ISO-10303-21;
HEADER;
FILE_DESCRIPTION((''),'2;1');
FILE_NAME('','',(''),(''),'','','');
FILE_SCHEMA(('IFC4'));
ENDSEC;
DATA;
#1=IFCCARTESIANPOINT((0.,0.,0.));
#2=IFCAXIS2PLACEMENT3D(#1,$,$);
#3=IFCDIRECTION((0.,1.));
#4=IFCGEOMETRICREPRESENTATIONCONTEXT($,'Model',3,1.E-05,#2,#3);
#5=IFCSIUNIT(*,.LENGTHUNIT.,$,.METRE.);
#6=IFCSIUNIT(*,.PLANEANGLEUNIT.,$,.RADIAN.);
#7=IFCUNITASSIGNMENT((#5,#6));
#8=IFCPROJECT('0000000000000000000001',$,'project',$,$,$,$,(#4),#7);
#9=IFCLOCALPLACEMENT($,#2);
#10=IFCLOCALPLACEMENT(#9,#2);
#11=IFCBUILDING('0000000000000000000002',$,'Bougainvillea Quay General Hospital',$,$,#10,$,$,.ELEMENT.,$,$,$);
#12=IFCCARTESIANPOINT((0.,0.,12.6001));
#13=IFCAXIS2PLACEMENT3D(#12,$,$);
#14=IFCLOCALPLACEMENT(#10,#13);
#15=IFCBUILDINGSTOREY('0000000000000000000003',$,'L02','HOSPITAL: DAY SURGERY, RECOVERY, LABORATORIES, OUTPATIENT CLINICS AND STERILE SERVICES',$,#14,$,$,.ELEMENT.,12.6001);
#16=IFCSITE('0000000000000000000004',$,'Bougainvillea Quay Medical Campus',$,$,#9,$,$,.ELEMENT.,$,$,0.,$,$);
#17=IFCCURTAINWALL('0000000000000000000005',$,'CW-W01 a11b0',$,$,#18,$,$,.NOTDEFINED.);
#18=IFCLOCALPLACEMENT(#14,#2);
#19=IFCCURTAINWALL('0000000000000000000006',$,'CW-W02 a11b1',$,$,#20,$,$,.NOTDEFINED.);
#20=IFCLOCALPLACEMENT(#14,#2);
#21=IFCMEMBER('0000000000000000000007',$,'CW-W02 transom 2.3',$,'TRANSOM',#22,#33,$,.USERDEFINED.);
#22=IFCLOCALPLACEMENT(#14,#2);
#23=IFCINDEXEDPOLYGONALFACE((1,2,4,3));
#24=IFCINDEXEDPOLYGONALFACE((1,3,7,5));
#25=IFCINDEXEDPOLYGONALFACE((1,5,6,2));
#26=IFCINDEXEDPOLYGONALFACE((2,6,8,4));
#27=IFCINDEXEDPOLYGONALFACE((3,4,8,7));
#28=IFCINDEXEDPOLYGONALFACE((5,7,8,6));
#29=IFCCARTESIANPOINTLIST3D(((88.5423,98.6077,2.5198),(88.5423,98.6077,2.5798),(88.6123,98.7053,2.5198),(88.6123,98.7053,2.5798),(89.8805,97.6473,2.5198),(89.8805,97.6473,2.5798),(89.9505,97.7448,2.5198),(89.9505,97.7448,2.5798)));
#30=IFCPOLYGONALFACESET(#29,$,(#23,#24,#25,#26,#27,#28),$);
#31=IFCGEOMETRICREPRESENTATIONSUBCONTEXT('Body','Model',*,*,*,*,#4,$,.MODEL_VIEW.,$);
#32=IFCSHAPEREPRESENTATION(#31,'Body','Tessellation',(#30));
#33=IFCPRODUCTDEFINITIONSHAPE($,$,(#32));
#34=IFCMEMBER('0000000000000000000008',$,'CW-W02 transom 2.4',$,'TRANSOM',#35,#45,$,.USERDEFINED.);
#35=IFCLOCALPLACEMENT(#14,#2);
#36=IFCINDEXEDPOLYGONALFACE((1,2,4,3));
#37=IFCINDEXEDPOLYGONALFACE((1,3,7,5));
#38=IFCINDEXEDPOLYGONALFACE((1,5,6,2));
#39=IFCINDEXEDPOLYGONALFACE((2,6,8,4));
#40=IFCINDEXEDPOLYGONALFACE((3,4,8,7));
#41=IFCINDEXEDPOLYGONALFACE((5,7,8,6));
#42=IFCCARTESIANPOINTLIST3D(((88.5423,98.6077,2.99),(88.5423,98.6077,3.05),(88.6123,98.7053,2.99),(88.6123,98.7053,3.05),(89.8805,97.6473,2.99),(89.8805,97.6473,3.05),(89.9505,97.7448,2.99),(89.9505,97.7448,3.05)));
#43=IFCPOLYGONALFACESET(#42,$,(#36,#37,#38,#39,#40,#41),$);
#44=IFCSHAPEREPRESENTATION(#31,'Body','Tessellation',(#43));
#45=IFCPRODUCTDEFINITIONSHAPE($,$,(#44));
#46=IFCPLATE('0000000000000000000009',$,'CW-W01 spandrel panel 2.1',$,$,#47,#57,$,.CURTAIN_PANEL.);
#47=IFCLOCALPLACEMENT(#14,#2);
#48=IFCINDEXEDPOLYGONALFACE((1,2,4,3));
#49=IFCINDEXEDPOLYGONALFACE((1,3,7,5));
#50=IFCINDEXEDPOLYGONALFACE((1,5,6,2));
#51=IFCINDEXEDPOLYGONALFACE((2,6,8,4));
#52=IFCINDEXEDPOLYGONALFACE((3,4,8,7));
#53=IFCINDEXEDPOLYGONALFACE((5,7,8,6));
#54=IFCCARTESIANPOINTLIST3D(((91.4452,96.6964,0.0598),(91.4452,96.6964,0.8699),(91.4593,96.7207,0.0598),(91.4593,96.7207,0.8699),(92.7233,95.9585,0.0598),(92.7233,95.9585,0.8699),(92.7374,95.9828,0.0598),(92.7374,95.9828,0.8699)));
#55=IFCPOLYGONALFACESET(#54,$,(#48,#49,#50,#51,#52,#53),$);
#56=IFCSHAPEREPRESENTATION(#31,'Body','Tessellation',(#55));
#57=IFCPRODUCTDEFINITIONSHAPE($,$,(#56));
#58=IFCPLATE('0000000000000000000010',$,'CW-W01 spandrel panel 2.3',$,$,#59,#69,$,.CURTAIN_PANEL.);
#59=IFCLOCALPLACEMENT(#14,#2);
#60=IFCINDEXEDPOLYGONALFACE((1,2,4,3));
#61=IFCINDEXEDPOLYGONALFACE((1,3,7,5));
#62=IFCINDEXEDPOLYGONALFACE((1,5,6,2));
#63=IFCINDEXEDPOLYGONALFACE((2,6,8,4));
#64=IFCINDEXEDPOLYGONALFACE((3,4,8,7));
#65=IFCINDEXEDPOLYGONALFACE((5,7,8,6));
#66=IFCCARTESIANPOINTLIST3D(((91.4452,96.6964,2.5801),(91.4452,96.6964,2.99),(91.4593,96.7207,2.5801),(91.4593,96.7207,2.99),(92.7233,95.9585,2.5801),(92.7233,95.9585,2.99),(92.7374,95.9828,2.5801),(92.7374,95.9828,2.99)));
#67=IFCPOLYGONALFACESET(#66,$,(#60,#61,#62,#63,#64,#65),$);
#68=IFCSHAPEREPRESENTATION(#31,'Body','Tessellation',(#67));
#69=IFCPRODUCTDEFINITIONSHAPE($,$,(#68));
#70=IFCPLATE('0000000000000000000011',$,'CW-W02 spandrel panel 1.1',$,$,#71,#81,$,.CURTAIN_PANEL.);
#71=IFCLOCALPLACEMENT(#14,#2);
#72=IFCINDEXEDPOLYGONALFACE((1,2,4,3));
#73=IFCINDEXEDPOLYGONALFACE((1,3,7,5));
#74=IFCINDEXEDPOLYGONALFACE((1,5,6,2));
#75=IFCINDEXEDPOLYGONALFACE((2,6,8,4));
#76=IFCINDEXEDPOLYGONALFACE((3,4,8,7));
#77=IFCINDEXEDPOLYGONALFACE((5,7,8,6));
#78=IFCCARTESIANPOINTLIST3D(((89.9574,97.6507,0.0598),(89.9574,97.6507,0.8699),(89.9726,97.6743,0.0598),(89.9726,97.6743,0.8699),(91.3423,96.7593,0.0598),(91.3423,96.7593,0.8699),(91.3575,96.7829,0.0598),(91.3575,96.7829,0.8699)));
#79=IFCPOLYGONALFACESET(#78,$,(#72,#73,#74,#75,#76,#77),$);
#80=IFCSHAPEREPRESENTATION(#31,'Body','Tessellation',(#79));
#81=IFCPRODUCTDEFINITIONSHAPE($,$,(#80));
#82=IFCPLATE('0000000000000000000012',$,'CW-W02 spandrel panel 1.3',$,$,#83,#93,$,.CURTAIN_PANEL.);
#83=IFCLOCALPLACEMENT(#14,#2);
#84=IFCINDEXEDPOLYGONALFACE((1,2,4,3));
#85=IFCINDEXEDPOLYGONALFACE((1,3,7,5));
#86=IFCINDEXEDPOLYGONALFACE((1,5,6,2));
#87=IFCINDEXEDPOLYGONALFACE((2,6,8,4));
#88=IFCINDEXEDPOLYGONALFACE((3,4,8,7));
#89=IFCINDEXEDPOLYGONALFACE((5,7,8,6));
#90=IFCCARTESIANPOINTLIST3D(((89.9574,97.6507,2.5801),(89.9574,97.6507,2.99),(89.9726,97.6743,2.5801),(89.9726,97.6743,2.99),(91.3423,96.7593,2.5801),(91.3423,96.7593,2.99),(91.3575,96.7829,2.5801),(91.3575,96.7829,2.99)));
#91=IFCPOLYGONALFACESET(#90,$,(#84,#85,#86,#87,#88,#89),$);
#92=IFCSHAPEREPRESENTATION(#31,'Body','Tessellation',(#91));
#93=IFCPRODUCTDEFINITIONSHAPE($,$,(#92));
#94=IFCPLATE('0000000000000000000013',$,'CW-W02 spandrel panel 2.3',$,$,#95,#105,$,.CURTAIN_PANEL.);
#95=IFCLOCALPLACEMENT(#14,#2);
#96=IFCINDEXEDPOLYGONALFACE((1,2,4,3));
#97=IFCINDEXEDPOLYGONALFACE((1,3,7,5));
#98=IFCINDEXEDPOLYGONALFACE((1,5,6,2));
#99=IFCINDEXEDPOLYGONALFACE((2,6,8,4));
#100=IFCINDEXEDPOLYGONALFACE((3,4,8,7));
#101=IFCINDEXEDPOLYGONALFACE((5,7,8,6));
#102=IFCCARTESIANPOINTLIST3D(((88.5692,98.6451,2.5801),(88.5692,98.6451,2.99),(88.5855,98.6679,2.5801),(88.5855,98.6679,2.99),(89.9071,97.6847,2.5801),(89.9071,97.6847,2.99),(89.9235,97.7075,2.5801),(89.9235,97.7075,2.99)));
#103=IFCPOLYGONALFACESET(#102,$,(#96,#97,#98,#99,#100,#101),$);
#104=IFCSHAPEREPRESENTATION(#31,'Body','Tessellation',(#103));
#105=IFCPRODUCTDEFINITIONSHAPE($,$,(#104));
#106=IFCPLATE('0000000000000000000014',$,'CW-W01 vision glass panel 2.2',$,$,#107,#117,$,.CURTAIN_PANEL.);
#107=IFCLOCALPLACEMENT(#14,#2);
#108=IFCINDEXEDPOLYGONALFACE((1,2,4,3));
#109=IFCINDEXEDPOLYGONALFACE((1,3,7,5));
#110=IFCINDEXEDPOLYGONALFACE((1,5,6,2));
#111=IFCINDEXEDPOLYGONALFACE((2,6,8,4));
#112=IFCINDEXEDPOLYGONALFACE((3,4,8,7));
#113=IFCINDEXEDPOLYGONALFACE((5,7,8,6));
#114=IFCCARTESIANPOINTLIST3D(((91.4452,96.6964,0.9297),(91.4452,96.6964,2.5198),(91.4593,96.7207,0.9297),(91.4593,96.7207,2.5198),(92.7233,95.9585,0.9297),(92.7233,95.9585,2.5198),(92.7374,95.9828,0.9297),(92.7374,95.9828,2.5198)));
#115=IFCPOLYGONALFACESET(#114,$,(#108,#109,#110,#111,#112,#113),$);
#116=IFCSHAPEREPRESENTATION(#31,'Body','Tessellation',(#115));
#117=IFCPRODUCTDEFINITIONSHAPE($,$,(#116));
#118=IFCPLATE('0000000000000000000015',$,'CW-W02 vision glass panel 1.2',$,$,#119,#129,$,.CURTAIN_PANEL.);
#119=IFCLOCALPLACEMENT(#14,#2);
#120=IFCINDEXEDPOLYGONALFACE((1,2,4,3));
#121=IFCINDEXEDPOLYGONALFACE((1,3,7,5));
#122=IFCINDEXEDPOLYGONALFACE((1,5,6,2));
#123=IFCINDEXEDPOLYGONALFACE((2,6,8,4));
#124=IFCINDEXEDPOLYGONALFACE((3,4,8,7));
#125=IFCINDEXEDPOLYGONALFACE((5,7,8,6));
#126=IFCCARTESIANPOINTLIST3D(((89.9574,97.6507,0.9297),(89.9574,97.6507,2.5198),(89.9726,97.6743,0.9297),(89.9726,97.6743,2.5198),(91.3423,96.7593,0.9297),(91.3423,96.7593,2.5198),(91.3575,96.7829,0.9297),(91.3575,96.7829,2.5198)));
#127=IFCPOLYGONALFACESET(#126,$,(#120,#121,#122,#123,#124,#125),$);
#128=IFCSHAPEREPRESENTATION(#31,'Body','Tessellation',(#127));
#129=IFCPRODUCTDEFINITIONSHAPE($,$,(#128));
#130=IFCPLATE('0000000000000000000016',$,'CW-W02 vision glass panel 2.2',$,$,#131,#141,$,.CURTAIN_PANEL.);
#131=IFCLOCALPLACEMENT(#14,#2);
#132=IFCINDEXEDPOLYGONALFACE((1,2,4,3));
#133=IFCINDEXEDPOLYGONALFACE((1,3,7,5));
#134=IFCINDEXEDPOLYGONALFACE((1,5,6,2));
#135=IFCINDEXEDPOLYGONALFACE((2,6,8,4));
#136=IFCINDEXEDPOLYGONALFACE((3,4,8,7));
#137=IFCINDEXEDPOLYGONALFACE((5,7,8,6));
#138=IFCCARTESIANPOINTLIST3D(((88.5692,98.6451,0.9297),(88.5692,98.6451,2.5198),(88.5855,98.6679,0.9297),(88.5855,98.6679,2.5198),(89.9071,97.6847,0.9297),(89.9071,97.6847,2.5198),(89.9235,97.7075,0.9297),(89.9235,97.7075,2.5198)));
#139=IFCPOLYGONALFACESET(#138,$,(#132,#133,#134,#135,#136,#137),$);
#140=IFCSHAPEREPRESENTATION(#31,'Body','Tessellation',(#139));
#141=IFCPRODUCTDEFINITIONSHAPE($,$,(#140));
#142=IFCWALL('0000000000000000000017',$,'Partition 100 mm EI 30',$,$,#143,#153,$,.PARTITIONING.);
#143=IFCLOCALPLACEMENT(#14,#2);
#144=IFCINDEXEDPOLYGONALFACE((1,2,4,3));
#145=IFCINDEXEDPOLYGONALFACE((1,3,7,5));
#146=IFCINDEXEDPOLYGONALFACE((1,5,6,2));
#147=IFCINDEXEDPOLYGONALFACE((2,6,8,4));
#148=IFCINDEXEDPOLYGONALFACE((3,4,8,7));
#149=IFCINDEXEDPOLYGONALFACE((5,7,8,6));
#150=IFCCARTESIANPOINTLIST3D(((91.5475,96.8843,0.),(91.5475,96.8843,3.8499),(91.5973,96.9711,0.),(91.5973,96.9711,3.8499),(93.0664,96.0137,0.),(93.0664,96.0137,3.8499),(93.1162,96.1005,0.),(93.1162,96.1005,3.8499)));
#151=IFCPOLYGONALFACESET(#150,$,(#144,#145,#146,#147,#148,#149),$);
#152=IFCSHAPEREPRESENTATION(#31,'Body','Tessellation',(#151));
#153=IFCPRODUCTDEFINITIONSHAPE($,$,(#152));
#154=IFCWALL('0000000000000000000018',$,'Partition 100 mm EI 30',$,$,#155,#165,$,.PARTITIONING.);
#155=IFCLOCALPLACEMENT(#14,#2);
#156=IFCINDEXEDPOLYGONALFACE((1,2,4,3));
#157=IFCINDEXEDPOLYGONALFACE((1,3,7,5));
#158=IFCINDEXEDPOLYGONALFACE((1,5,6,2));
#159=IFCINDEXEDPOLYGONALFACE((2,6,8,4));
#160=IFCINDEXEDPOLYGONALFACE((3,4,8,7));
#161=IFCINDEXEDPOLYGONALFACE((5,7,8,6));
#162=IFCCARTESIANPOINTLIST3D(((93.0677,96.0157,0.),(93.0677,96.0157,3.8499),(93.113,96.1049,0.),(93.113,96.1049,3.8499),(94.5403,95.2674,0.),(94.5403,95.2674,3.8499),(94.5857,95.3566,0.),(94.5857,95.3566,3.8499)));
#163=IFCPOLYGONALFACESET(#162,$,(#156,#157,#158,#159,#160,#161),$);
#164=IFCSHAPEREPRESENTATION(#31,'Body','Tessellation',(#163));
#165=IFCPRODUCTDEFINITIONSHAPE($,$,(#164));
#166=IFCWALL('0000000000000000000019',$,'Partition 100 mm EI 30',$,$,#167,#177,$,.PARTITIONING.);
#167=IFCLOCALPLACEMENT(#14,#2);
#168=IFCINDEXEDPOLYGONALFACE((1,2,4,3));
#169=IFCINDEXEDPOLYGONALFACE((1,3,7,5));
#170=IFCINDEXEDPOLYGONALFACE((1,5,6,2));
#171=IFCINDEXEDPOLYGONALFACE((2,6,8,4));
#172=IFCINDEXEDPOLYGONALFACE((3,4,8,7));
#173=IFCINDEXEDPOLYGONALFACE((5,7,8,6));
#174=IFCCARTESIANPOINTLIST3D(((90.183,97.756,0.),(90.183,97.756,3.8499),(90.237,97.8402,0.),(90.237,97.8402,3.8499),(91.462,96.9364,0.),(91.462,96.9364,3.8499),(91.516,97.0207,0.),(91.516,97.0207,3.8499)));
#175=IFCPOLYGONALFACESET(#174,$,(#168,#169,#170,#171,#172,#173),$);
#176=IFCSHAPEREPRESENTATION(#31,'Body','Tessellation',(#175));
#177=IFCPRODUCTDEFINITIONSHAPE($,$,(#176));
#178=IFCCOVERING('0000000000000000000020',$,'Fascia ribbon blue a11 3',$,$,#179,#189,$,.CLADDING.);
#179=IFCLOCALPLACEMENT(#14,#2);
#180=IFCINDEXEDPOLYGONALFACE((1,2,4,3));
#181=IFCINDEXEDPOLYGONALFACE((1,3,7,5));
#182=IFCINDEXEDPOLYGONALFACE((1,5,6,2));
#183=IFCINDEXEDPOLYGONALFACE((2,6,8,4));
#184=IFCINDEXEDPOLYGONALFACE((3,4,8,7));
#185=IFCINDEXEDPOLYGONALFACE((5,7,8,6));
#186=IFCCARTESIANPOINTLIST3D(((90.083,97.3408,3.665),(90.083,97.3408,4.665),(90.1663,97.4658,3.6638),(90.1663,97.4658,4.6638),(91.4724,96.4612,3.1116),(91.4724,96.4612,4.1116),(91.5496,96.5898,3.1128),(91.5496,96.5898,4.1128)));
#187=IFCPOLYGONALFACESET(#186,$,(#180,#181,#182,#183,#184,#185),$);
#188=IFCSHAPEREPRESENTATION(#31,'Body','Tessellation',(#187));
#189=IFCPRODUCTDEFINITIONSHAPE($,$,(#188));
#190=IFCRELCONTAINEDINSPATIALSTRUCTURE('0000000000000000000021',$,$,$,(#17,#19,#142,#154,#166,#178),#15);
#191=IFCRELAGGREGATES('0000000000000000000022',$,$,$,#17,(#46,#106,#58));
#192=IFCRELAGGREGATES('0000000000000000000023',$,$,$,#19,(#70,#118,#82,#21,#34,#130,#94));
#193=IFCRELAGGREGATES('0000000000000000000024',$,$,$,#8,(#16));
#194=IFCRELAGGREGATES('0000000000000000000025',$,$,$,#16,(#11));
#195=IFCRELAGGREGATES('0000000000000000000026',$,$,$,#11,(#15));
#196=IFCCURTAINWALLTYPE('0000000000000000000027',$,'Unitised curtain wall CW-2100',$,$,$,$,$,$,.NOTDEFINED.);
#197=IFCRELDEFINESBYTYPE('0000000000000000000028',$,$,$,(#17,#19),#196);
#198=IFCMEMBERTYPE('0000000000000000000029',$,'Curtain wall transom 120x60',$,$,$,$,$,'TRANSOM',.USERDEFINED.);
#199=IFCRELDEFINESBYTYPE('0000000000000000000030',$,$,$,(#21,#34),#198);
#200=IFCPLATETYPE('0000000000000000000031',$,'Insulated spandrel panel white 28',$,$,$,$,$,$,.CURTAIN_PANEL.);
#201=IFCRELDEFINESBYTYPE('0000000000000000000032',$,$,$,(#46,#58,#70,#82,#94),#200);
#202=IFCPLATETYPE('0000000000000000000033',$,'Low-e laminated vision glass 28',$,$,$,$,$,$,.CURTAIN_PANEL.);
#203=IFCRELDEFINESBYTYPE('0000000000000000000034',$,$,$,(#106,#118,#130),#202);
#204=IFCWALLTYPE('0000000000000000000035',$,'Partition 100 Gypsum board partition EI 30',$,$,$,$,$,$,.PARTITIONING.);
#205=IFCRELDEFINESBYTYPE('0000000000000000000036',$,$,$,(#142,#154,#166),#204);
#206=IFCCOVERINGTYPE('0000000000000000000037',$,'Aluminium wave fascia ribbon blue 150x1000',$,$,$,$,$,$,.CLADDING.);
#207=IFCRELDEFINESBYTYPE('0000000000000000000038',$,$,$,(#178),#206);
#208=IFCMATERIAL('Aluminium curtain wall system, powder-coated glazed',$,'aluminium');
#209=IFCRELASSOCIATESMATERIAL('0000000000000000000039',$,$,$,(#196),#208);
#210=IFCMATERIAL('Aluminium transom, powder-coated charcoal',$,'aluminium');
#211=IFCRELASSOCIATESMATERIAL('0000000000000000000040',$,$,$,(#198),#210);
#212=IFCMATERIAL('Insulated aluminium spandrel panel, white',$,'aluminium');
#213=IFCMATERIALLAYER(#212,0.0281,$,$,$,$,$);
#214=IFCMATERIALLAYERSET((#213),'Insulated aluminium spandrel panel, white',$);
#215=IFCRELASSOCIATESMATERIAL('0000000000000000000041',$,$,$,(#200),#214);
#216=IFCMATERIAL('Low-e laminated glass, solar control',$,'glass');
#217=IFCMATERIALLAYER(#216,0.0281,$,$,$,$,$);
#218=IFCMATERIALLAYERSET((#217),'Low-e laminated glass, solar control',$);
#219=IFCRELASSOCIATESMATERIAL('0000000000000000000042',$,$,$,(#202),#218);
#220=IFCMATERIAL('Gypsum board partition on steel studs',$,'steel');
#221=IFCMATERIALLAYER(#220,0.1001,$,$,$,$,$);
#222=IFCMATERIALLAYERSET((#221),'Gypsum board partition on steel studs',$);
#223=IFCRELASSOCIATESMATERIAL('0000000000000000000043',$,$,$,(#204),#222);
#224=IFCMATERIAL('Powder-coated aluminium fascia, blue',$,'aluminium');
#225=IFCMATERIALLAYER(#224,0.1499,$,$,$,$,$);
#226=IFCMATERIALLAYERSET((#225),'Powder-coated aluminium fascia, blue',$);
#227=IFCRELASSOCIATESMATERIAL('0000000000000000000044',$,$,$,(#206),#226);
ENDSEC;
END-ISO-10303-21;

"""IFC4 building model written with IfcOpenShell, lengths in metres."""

from ifc_helpers import new_model, si_unit, direction, frame, frame_2d, origin, origin_2d, place, context, subcontext, project, spatial, polyline, rectangle, outline, extrude, material, layer, layer_set, material_profile, profile_set, type_object, element, aggregate, save


model = new_model("IFC4")

# Units and contexts
model_context = context("Model", 3, precision=1e-05, world=origin(), true_north=direction((0.0, 1.0)))
body_context = subcontext(model_context, "Body", "Model", "MODEL_VIEW")
ifc_project = project(units=[si_unit("LENGTHUNIT", "METRE"), si_unit("PLANEANGLEUNIT", "RADIAN")], contexts=[model_context])

# Site, building, storey
site_placement = place(None, origin())
site = spatial("IfcSite", under=ifc_project, at=site_placement, Name="Bougainvillea Quay Medical Campus", CompositionType="ELEMENT", RefElevation=0.0)
building_placement = place(site_placement, origin())
building = spatial("IfcBuilding", under=site, at=building_placement, Name="Bougainvillea Quay General Hospital", CompositionType="ELEMENT")
storey_placement = place(building_placement, frame((0.0, 0.0, 12.6001)))
storey = spatial("IfcBuildingStorey", under=building, at=storey_placement, Name="L02", Description="HOSPITAL: DAY SURGERY, RECOVERY, LABORATORIES, OUTPATIENT CLINICS AND STERILE SERVICES", CompositionType="ELEMENT", Elevation=12.6001)

# Curtain walls
ifc_material_1 = material(Name="Aluminium curtain wall system, powder-coated glazed", Category="aluminium")
curtain_wall_type = type_object("IfcCurtainWallType", Name="Unitised curtain wall CW-2100", PredefinedType="NOTDEFINED", material=ifc_material_1)
curtain_wall_1_placement = place(storey_placement, origin())
curtain_wall_1 = element("IfcCurtainWall", 1, at=curtain_wall_1_placement, inside=storey, type_object=curtain_wall_type, Name="CW-W01 a11b0", PredefinedType="NOTDEFINED")
curtain_wall_2_placement = place(storey_placement, origin())
curtain_wall_2 = element("IfcCurtainWall", 2, at=curtain_wall_2_placement, inside=storey, type_object=curtain_wall_type, Name="CW-W02 a11b1", PredefinedType="NOTDEFINED")

# Members
ifc_material_2 = material(Name="Aluminium transom, powder-coated charcoal", Category="aluminium")
ifc_material_profile_1 = material_profile(ifc_material_2, rectangle(XDim=0.1201, YDim=0.0601, at=origin_2d()))
ifc_profile_set_1 = profile_set([ifc_material_profile_1], Name="Aluminium transom, powder-coated charcoal")
member_type_1 = type_object("IfcMemberType", Name="Curtain wall transom 120x60", ElementType="TRANSOM", PredefinedType="USERDEFINED", material=ifc_profile_set_1)
member_1_placement = place(storey_placement, frame((89.9155, 97.696, 2.5498), z_axis=(-0.812399, 0.583101, 0.0), x_axis=(-0.583101, -0.812399, 0.0)))
member_1 = element("IfcMember", 3, at=member_1_placement, type_object=member_type_1, Name="CW-W02 transom 2.3", ObjectType="TRANSOM", PredefinedType="USERDEFINED", context=body_context, shape_type="SweptSolid", body=[
    extrude(rectangle(XDim=0.1201, YDim=0.0601, at=origin_2d()), origin(), (0.0, 0.0, 1.0), 1.6472),
])
member_2_placement = place(storey_placement, frame((89.9155, 97.696, 3.02), z_axis=(-0.812399, 0.583101, 0.0), x_axis=(-0.583101, -0.812399, 0.0)))
member_2 = element("IfcMember", 4, at=member_2_placement, type_object=member_type_1, Name="CW-W02 transom 2.4", ObjectType="TRANSOM", PredefinedType="USERDEFINED", context=body_context, shape_type="SweptSolid", body=[
    extrude(rectangle(XDim=0.1201, YDim=0.0601, at=origin_2d()), origin(), (0.0, 0.0, 1.0), 1.6472),
])

# Plates
ifc_material_3 = material(Name="Insulated aluminium spandrel panel, white", Category="aluminium")
ifc_layer_1 = layer(ifc_material_3, 0.0281)
ifc_layer_set_1 = layer_set([ifc_layer_1], Name="Insulated aluminium spandrel panel, white")
plate_type_1 = type_object("IfcPlateType", Name="Insulated spandrel panel white 28", PredefinedType="CURTAIN_PANEL", material=ifc_layer_set_1)
plate_1_placement = place(storey_placement, frame((92.0913, 96.3396, 0.0598), z_axis=(0.0, 0.0, 1.0), x_axis=(-0.866007, 0.500031, 0.0)))
plate_1 = element("IfcPlate", 5, at=plate_1_placement, type_object=plate_type_1, Name="CW-W01 spandrel panel 2.1", PredefinedType="CURTAIN_PANEL", context=body_context, shape_type="SweptSolid", body=[
    extrude(rectangle(XDim=1.4758, YDim=0.0281, at=origin_2d()), origin(), (0.0, 0.0, 1.0), 0.8101),
])
plate_2_placement = place(storey_placement, frame((92.0913, 96.3396, 2.5801), z_axis=(0.0, 0.0, 1.0), x_axis=(-0.866007, 0.500031, 0.0)))
plate_2 = element("IfcPlate", 6, at=plate_2_placement, type_object=plate_type_1, Name="CW-W01 spandrel panel 2.3", PredefinedType="CURTAIN_PANEL", context=body_context, shape_type="SweptSolid", body=[
    extrude(rectangle(XDim=1.4758, YDim=0.0281, at=origin_2d()), origin(), (0.0, 0.0, 1.0), 0.4099),
])
plate_3_placement = place(storey_placement, frame((90.6575, 97.2168, 0.0598), z_axis=(0.0, 0.0, 1.0), x_axis=(-0.840897, 0.541195, 0.0)))
plate_3 = element("IfcPlate", 7, at=plate_3_placement, type_object=plate_type_1, Name="CW-W02 spandrel panel 1.1", PredefinedType="CURTAIN_PANEL", context=body_context, shape_type="SweptSolid", body=[
    extrude(rectangle(XDim=1.647, YDim=0.0281, at=origin_2d()), origin(), (0.0, 0.0, 1.0), 0.8101),
])
plate_4_placement = place(storey_placement, frame((90.6575, 97.2168, 2.5801), z_axis=(0.0, 0.0, 1.0), x_axis=(-0.840897, 0.541195, 0.0)))
plate_4 = element("IfcPlate", 8, at=plate_4_placement, type_object=plate_type_1, Name="CW-W02 spandrel panel 1.3", PredefinedType="CURTAIN_PANEL", context=body_context, shape_type="SweptSolid", body=[
    extrude(rectangle(XDim=1.647, YDim=0.0281, at=origin_2d()), origin(), (0.0, 0.0, 1.0), 0.4099),
])
plate_5_placement = place(storey_placement, frame((89.2463, 98.1763, 2.5801), z_axis=(0.0, 0.0, 1.0), x_axis=(-0.812379, 0.58313, 0.0)))
plate_5 = element("IfcPlate", 9, at=plate_5_placement, type_object=plate_type_1, Name="CW-W02 spandrel panel 2.3", PredefinedType="CURTAIN_PANEL", context=body_context, shape_type="SweptSolid", body=[
    extrude(rectangle(XDim=1.647, YDim=0.0281, at=origin_2d()), origin(), (0.0, 0.0, 1.0), 0.4099),
])
ifc_material_4 = material(Name="Low-e laminated glass, solar control", Category="glass")
ifc_layer_2 = layer(ifc_material_4, 0.0281)
ifc_layer_set_2 = layer_set([ifc_layer_2], Name="Low-e laminated glass, solar control")
plate_type_2 = type_object("IfcPlateType", Name="Low-e laminated vision glass 28", PredefinedType="CURTAIN_PANEL", material=ifc_layer_set_2)
plate_6_placement = place(storey_placement, frame((92.0913, 96.3396, 0.9297), z_axis=(0.0, 0.0, 1.0), x_axis=(-0.866007, 0.500031, 0.0)))
plate_6 = element("IfcPlate", 10, at=plate_6_placement, type_object=plate_type_2, Name="CW-W01 vision glass panel 2.2", PredefinedType="CURTAIN_PANEL", context=body_context, shape_type="SweptSolid", body=[
    extrude(rectangle(XDim=1.4758, YDim=0.0281, at=origin_2d()), origin(), (0.0, 0.0, 1.0), 1.5901),
])
aggregate(curtain_wall_1, [plate_1, plate_6, plate_2])
plate_7_placement = place(storey_placement, frame((90.6575, 97.2168, 0.9297), z_axis=(0.0, 0.0, 1.0), x_axis=(-0.840897, 0.541195, 0.0)))
plate_7 = element("IfcPlate", 11, at=plate_7_placement, type_object=plate_type_2, Name="CW-W02 vision glass panel 1.2", PredefinedType="CURTAIN_PANEL", context=body_context, shape_type="SweptSolid", body=[
    extrude(rectangle(XDim=1.647, YDim=0.0281, at=origin_2d()), origin(), (0.0, 0.0, 1.0), 1.5901),
])
plate_8_placement = place(storey_placement, frame((89.2463, 98.1763, 0.9297), z_axis=(0.0, 0.0, 1.0), x_axis=(-0.812379, 0.58313, 0.0)))
plate_8 = element("IfcPlate", 12, at=plate_8_placement, type_object=plate_type_2, Name="CW-W02 vision glass panel 2.2", PredefinedType="CURTAIN_PANEL", context=body_context, shape_type="SweptSolid", body=[
    extrude(rectangle(XDim=1.647, YDim=0.0281, at=origin_2d()), origin(), (0.0, 0.0, 1.0), 1.5901),
])
aggregate(curtain_wall_2, [plate_3, plate_7, plate_4, member_1, member_2, plate_8, plate_5])

# Walls
ifc_material_5 = material(Name="Gypsum board partition on steel studs", Category="steel")
ifc_layer_3 = layer(ifc_material_5, 0.1001)
ifc_layer_set_3 = layer_set([ifc_layer_3], Name="Gypsum board partition on steel studs")
wall_type = type_object("IfcWallType", Name="Partition 100 Gypsum board partition EI 30", PredefinedType="PARTITIONING", material=ifc_layer_set_3)
wall_1_placement = place(storey_placement, frame((91.5723, 96.9277, 0.0), z_axis=(0.0, 0.0, 1.0), x_axis=(0.867607, -0.49725, 0.0)))
element("IfcWall", 13, at=wall_1_placement, inside=storey, type_object=wall_type, Name="Partition 100 mm EI 30", PredefinedType="PARTITIONING", context=body_context, shape_type="SweptSolid", body=[
    extrude(rectangle(XDim=1.7507, YDim=0.1001, at=frame_2d((0.8755, 0.0))), origin(), (0.0, 0.0, 1.0), 3.8499),
])
wall_2_placement = place(storey_placement, frame((93.0903, 96.0603, 0.0), z_axis=(0.0, 0.0, 1.0), x_axis=(0.891512, -0.452998, 0.0)))
element("IfcWall", 14, at=wall_2_placement, inside=storey, type_object=wall_type, Name="Partition 100 mm EI 30", PredefinedType="PARTITIONING", context=body_context, shape_type="SweptSolid", body=[
    extrude(rectangle(XDim=1.6519, YDim=0.1001, at=frame_2d((0.8259, 0.0))), origin(), (0.0, 0.0, 1.0), 3.8499),
])
wall_3_placement = place(storey_placement, frame((90.21, 97.7981, 0.0), z_axis=(0.0, 0.0, 1.0), x_axis=(0.841976, -0.539514, 0.0)))
element("IfcWall", 15, at=wall_3_placement, inside=storey, type_object=wall_type, Name="Partition 100 mm EI 30", PredefinedType="PARTITIONING", context=body_context, shape_type="SweptSolid", body=[
    extrude(rectangle(XDim=1.519, YDim=0.1001, at=frame_2d((0.7595, 0.0))), origin(), (0.0, 0.0, 1.0), 3.8499),
])

# Covering
ifc_material_6 = material(Name="Powder-coated aluminium fascia, blue", Category="aluminium")
ifc_layer_4 = layer(ifc_material_6, 0.1499)
ifc_layer_set_4 = layer_set([ifc_layer_4], Name="Powder-coated aluminium fascia, blue")
covering_type = type_object("IfcCoveringType", Name="Aluminium wave fascia ribbon blue 150x1000", PredefinedType="CLADDING", material=ifc_layer_set_4)
covering_1_placement = place(storey_placement, frame((91.5496, 96.5898, 3.1128), z_axis=(0.269595, -0.170476, 0.947764), x_axis=(-0.800719, 0.507056, 0.318973)))
element("IfcCovering", 16, at=covering_1_placement, inside=storey, type_object=covering_type, Name="Fascia ribbon blue a11 3", PredefinedType="CLADDING", context=body_context, shape_type="SweptSolid", body=[
    extrude(outline(polyline([(0.0, 0.0), (1.7276, 0.0), (1.7312, 0.1501), (-0.0039, 0.15), (0.0, 0.0)])), origin(), (0.318973, 0.000197, 0.947764), 1.0),
])

save(model, "model.ifc")
